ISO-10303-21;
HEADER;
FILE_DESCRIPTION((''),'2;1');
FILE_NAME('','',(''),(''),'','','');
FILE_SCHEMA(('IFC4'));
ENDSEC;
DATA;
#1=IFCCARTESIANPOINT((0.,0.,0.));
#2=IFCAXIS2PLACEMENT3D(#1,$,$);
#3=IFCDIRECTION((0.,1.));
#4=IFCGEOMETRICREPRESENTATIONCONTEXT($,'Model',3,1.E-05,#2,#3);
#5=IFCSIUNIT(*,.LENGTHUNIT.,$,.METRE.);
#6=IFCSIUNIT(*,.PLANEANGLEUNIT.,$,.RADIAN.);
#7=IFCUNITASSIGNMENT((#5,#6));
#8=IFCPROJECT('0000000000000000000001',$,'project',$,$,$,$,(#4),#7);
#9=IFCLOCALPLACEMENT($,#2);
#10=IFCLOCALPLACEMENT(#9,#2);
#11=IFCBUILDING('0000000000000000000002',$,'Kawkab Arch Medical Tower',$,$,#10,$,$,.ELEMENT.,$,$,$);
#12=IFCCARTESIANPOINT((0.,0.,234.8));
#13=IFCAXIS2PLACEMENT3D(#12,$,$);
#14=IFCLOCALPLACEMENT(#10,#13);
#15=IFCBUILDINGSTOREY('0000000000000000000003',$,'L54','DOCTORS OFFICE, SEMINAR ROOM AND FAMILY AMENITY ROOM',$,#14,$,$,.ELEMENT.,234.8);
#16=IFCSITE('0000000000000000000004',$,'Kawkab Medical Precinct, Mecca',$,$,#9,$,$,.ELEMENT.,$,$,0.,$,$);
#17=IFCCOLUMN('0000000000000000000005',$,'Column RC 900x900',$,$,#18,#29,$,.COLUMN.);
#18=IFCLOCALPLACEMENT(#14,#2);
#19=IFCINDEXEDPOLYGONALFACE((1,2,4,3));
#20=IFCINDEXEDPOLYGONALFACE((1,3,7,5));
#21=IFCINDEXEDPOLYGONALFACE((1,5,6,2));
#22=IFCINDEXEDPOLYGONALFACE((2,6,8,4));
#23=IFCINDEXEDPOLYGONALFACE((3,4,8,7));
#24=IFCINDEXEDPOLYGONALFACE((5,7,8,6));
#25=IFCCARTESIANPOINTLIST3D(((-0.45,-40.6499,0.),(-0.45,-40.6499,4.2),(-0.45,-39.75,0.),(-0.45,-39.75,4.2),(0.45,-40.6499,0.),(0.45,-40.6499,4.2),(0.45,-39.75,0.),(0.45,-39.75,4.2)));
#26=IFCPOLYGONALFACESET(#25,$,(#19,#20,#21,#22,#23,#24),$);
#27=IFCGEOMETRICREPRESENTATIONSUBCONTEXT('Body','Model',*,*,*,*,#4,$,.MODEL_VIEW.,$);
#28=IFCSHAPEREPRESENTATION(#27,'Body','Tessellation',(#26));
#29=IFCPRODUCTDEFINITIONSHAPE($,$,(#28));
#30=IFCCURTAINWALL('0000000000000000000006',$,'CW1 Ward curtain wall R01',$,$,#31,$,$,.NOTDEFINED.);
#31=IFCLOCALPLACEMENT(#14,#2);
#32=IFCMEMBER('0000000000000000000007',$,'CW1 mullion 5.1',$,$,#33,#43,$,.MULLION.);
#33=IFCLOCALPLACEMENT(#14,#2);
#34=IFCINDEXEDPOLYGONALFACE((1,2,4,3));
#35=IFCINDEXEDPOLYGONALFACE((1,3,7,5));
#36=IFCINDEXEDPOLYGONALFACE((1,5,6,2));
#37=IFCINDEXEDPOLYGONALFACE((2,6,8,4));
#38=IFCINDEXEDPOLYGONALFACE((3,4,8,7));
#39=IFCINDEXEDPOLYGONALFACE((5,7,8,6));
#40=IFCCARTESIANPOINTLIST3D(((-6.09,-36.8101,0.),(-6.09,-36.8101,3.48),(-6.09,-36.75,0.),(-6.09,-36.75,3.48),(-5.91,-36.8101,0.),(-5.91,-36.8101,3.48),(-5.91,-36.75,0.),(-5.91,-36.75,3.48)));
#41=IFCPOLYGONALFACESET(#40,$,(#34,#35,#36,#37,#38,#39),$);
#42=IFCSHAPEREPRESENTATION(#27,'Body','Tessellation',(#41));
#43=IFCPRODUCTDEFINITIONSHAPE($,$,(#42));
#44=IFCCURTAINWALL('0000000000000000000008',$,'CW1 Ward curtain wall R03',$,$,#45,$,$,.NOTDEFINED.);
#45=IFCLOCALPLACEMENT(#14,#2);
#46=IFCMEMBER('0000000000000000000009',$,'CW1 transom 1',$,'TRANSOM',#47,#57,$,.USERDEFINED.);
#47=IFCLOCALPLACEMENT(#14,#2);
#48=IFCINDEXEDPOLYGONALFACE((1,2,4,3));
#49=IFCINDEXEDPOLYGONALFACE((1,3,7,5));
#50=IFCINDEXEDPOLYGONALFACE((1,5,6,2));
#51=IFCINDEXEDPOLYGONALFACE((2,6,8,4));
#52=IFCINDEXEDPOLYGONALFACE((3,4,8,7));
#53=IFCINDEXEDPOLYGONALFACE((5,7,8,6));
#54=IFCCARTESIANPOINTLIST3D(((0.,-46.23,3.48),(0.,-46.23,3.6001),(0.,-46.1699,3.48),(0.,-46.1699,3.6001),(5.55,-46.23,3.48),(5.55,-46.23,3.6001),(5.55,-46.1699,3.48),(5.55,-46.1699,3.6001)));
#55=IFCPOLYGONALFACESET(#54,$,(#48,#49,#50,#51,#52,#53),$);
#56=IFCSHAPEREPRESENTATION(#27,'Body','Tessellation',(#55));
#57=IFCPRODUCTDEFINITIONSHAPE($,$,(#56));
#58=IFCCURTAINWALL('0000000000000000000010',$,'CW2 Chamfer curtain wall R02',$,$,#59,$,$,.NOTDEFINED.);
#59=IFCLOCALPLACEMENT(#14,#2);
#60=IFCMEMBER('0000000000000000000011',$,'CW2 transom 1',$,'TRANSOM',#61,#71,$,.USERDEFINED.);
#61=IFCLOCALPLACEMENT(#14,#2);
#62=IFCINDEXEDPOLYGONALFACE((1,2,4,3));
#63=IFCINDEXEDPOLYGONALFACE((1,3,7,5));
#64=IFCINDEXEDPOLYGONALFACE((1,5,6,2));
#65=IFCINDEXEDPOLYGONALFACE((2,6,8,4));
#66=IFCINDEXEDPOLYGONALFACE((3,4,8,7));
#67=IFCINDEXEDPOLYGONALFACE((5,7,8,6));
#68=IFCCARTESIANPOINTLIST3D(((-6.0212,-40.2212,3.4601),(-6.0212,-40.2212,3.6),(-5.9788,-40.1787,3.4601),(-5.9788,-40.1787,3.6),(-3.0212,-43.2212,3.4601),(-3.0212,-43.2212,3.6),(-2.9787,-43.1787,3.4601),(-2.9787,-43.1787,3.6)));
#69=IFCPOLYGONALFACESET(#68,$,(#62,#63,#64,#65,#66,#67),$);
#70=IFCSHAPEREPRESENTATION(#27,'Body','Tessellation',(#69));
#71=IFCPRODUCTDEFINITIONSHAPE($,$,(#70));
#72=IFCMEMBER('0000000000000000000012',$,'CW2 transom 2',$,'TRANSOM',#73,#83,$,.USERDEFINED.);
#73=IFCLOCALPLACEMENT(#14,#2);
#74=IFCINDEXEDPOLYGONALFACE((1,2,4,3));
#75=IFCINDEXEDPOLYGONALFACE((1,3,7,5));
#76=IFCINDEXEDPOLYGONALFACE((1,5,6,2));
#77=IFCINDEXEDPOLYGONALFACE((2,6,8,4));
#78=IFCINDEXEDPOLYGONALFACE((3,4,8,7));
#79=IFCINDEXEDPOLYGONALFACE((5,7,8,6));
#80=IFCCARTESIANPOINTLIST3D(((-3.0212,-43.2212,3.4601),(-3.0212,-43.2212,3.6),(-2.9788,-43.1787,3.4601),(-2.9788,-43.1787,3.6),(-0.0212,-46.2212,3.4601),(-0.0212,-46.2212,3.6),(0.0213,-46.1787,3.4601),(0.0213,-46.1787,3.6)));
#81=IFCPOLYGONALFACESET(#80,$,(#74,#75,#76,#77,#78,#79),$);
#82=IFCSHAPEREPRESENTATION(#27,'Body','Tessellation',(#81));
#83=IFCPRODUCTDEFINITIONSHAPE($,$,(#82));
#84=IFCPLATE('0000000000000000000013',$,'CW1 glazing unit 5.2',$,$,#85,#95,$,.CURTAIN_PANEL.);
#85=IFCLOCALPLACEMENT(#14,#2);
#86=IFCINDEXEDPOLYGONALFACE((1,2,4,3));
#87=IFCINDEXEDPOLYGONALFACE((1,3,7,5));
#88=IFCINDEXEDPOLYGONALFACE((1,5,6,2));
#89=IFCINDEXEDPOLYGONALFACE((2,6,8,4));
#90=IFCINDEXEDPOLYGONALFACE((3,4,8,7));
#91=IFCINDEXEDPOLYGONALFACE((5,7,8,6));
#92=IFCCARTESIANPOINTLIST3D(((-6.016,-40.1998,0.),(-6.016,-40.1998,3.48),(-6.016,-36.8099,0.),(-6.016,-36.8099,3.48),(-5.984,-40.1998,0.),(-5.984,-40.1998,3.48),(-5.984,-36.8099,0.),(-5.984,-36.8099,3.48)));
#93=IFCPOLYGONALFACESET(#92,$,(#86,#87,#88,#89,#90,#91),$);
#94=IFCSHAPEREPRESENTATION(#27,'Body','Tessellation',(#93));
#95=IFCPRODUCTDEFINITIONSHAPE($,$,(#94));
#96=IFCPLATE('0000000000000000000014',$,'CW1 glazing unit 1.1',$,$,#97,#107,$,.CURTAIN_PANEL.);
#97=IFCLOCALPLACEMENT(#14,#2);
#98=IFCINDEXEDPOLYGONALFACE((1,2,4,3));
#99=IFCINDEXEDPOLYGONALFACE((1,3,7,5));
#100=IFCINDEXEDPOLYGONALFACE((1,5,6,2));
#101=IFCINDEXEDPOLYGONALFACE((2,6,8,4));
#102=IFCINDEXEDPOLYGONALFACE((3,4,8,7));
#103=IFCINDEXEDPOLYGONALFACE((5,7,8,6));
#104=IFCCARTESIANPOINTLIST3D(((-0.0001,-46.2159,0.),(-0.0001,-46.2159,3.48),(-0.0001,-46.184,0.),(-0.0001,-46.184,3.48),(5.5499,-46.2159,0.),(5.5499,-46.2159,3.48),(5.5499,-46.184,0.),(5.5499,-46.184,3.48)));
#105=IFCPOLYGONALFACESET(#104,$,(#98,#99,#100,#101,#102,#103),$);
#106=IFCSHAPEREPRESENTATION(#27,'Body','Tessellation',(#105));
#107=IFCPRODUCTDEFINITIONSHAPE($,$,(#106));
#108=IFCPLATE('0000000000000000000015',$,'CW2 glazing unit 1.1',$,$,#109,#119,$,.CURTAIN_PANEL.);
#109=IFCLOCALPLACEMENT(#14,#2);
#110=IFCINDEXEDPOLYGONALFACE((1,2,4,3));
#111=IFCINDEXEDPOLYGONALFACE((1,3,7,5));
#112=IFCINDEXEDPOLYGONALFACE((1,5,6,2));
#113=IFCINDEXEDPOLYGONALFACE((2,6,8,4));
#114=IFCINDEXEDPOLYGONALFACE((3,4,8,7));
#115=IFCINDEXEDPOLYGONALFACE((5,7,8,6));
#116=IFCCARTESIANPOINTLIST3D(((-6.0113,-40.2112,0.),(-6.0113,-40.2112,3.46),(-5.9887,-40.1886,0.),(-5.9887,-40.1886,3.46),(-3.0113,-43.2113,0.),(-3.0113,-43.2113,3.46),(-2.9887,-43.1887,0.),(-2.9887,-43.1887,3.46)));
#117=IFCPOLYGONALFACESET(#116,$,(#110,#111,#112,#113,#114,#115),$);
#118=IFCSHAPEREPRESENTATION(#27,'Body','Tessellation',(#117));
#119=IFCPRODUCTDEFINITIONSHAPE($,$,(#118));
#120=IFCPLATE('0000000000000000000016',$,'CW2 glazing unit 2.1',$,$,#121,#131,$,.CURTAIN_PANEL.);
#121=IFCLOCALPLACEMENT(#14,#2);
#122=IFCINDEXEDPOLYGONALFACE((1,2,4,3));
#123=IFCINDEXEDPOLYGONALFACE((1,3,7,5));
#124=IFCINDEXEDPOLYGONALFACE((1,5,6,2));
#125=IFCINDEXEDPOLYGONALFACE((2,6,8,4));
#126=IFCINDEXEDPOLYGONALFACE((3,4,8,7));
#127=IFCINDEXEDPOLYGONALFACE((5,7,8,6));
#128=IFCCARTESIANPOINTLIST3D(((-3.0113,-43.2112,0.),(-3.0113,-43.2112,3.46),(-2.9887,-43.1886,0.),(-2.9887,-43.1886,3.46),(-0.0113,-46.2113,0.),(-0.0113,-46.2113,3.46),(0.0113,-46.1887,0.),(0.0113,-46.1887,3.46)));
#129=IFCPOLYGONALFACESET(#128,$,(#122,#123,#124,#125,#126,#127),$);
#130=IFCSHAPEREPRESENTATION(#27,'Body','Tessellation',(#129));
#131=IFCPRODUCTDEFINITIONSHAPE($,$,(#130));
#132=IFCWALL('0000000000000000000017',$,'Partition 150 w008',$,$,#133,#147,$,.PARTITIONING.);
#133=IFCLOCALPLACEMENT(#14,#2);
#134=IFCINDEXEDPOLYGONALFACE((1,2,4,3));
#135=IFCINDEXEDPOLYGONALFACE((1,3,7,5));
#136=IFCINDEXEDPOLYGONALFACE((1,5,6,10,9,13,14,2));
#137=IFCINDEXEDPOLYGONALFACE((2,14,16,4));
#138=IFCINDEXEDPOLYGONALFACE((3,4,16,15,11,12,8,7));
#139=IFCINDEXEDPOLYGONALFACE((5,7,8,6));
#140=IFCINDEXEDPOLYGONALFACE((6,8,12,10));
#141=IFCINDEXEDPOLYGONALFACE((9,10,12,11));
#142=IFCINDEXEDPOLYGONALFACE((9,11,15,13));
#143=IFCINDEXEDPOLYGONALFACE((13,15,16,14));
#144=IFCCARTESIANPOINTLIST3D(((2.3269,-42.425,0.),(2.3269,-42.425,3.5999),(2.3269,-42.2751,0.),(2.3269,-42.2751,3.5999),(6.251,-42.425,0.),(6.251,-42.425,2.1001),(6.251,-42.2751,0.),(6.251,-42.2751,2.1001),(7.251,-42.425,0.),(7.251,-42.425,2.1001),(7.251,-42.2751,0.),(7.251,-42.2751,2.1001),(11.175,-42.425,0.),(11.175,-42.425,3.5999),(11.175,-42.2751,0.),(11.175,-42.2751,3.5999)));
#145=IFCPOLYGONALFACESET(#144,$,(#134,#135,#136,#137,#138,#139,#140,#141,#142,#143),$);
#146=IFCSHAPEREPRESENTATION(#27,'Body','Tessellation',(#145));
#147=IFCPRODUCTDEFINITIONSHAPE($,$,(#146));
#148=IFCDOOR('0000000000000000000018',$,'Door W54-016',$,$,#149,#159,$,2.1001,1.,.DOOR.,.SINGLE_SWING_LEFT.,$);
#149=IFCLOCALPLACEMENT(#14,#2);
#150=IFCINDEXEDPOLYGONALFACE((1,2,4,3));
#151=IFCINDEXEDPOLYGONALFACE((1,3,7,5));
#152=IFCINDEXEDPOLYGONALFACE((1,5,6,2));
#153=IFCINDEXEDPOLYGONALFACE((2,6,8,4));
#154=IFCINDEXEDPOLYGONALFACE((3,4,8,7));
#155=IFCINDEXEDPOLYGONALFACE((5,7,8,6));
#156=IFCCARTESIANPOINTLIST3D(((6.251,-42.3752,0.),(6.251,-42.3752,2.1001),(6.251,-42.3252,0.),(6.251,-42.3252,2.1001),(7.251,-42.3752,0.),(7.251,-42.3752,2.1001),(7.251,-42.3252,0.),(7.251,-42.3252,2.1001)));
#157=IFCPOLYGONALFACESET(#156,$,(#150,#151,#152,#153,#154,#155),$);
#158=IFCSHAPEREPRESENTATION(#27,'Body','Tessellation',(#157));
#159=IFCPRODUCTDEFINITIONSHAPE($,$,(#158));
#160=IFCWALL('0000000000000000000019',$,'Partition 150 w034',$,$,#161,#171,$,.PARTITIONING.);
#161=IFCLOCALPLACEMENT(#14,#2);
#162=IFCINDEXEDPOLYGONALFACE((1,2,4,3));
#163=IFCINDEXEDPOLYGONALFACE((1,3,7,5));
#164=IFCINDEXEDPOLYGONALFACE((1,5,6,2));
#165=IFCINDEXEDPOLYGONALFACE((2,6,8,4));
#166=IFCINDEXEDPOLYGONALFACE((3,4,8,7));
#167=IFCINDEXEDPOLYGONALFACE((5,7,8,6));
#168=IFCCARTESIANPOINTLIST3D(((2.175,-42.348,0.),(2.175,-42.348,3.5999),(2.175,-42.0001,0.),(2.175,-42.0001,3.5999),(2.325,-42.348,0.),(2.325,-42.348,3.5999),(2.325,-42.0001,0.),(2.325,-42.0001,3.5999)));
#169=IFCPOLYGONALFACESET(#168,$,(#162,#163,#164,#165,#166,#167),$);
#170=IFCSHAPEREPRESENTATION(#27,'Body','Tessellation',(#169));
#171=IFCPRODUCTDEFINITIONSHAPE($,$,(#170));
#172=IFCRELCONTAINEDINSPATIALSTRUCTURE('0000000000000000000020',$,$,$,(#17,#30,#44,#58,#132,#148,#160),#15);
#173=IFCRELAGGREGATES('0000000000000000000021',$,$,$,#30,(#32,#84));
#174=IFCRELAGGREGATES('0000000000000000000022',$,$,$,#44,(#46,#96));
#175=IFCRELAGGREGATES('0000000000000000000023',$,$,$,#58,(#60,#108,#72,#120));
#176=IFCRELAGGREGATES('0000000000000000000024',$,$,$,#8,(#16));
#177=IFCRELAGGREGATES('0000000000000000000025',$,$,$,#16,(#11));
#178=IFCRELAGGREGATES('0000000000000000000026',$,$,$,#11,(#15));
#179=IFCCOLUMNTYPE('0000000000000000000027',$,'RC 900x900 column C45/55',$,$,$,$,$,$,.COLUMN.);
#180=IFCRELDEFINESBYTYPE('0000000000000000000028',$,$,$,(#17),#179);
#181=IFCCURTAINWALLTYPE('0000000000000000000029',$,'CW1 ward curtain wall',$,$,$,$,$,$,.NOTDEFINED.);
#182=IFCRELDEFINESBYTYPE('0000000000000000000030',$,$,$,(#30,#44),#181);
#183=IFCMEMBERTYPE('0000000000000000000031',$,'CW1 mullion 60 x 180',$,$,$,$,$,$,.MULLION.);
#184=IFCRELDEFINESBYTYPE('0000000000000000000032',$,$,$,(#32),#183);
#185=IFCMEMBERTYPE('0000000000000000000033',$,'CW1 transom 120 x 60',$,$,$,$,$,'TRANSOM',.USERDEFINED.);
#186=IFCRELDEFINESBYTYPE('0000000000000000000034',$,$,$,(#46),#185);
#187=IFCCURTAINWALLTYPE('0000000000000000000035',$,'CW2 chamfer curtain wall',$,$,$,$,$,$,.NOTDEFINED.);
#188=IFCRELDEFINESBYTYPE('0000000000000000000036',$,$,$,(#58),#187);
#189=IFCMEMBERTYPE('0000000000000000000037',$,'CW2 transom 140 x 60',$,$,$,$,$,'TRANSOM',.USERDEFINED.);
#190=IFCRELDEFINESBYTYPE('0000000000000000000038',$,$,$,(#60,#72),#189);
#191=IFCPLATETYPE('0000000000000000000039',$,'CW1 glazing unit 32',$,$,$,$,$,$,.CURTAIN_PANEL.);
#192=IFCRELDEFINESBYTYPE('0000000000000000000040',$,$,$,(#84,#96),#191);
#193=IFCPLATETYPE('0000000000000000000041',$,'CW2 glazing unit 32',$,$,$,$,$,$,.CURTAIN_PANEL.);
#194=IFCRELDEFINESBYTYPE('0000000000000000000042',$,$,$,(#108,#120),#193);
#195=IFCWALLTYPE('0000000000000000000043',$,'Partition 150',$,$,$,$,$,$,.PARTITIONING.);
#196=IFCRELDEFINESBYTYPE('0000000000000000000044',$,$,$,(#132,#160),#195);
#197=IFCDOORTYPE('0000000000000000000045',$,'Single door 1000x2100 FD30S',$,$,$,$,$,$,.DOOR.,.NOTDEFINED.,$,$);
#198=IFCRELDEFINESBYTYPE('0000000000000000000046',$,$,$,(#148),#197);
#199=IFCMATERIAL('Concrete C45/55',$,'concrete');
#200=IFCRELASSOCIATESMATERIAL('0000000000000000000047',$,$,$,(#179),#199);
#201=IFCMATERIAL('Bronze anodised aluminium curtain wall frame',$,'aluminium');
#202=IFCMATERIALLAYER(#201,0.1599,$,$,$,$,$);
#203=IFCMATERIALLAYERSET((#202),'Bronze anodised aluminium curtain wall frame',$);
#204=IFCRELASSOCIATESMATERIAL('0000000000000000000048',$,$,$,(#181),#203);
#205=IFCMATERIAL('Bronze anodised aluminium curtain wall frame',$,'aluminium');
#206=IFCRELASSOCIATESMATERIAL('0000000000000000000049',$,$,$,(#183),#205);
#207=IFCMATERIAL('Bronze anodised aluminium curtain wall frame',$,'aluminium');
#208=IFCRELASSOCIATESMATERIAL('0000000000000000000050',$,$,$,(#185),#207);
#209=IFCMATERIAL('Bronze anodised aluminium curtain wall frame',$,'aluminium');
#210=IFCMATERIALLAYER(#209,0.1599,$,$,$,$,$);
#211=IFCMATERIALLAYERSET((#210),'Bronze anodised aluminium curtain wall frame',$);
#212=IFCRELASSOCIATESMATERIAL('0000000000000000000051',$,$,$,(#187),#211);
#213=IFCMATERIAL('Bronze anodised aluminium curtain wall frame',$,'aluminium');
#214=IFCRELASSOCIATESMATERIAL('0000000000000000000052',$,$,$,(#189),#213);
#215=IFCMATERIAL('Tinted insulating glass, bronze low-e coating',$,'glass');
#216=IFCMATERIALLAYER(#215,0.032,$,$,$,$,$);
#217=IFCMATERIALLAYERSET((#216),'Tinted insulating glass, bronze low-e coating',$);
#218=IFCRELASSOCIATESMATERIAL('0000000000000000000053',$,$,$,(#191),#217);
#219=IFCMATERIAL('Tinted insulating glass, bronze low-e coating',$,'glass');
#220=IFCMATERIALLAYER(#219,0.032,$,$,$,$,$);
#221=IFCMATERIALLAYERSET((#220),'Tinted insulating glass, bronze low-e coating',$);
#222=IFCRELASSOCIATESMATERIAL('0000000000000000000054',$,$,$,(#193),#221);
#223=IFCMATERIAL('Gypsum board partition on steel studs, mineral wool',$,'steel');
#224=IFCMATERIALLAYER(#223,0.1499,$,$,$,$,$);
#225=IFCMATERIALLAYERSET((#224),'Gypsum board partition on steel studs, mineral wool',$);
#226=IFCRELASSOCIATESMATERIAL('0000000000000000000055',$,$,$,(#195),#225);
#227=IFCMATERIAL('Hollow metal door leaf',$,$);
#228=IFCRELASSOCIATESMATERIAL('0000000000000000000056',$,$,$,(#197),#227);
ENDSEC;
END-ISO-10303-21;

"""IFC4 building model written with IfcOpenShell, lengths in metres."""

from ifc_helpers import new_model, si_unit, direction, frame, frame_2d, origin, origin_2d, place, context, subcontext, project, spatial, rectangle, extrude, material, layer, layer_set, material_profile, profile_set, type_object, element, fill, aggregate, save


model = new_model("IFC4")

# Units and contexts
model_context = context("Model", 3, precision=1e-05, world=origin(), true_north=direction((0.0, 1.0)))
body_context = subcontext(model_context, "Body", "Model", "MODEL_VIEW")
ifc_project = project(units=[si_unit("LENGTHUNIT", "METRE"), si_unit("PLANEANGLEUNIT", "RADIAN")], contexts=[model_context])

# Site, building, storey
site_placement = place(None, origin())
site = spatial("IfcSite", under=ifc_project, at=site_placement, Name="Kawkab Medical Precinct, Mecca", CompositionType="ELEMENT", RefElevation=0.0)
building_placement = place(site_placement, origin())
building = spatial("IfcBuilding", under=site, at=building_placement, Name="Kawkab Arch Medical Tower", CompositionType="ELEMENT")
storey_placement = place(building_placement, frame((0.0, 0.0, 234.8)))
storey = spatial("IfcBuildingStorey", under=building, at=storey_placement, Name="L54", Description="DOCTORS OFFICE, SEMINAR ROOM AND FAMILY AMENITY ROOM", CompositionType="ELEMENT", Elevation=234.8)

# Column
ifc_material_1 = material(Name="Concrete C45/55", Category="concrete")
ifc_material_profile_1 = material_profile(ifc_material_1, rectangle(XDim=0.8999, YDim=0.8999, at=origin_2d()), Name="RC 900x900")
ifc_profile_set_1 = profile_set([ifc_material_profile_1], Name="Concrete C45/55")
column_type = type_object("IfcColumnType", Name="RC 900x900 column C45/55", PredefinedType="COLUMN", material=ifc_profile_set_1)
column_placement = place(storey_placement, frame((0.0, -40.2, 0.0), z_axis=(0.0, 0.0, 1.0), x_axis=(1.0, 0.0, 0.0)))
element("IfcColumn", 1, at=column_placement, inside=storey, type_object=column_type, Name="Column RC 900x900", PredefinedType="COLUMN", context=body_context, shape_type="SweptSolid", body=[
    extrude(rectangle(XDim=0.8999, YDim=0.8999, at=origin_2d()), origin(), (0.0, 0.0, 1.0), 4.2),
])

# Curtain walls, members
ifc_material_2 = material(Name="Bronze anodised aluminium curtain wall frame", Category="aluminium")
ifc_layer_1 = layer(ifc_material_2, 0.1599)
ifc_layer_set_1 = layer_set([ifc_layer_1], Name="Bronze anodised aluminium curtain wall frame")
curtain_wall_type_1 = type_object("IfcCurtainWallType", Name="CW1 ward curtain wall", PredefinedType="NOTDEFINED", material=ifc_layer_set_1)
placement = place(storey_placement, origin())
curtain_wall_1 = element("IfcCurtainWall", 2, at=placement, inside=storey, type_object=curtain_wall_type_1, Name="CW1 Ward curtain wall R01", PredefinedType="NOTDEFINED")
ifc_material_3 = material(Name="Bronze anodised aluminium curtain wall frame", Category="aluminium")
ifc_material_profile_2 = material_profile(ifc_material_3, rectangle(XDim=0.1799, YDim=0.0601, at=origin_2d()), Name="AL 60x180")
ifc_profile_set_2 = profile_set([ifc_material_profile_2], Name="Bronze anodised aluminium curtain wall frame")
member_type_1 = type_object("IfcMemberType", Name="CW1 mullion 60 x 180", PredefinedType="MULLION", material=ifc_profile_set_2)
member_1_placement = place(storey_placement, frame((-6.0, -36.78, 0.0), z_axis=(0.0, 0.0, 1.0), x_axis=(1.0, 0.0, 0.0)))
member_1 = element("IfcMember", 3, at=member_1_placement, type_object=member_type_1, Name="CW1 mullion 5.1", PredefinedType="MULLION", context=body_context, shape_type="SweptSolid", body=[
    extrude(rectangle(XDim=0.1799, YDim=0.0601, at=origin_2d()), origin(), (0.0, 0.0, 1.0), 3.48),
])
curtain_wall_2 = element("IfcCurtainWall", 4, at=placement, inside=storey, type_object=curtain_wall_type_1, Name="CW1 Ward curtain wall R03", PredefinedType="NOTDEFINED")
ifc_material_4 = material(Name="Bronze anodised aluminium curtain wall frame", Category="aluminium")
ifc_material_profile_3 = material_profile(ifc_material_4, rectangle(XDim=0.0601, YDim=0.1201, at=origin_2d()), Name="AL 60x120")
ifc_profile_set_3 = profile_set([ifc_material_profile_3], Name="Bronze anodised aluminium curtain wall frame")
member_type_2 = type_object("IfcMemberType", Name="CW1 transom 120 x 60", ElementType="TRANSOM", PredefinedType="USERDEFINED", material=ifc_profile_set_3)
member_2_placement = place(storey_placement, frame((0.0, -46.2, 3.54), z_axis=(1.0, 0.0, 0.0), x_axis=(0.0, 1.0, 0.0)))
member_2 = element("IfcMember", 5, at=member_2_placement, type_object=member_type_2, Name="CW1 transom 1", ObjectType="TRANSOM", PredefinedType="USERDEFINED", context=body_context, shape_type="SweptSolid", body=[
    extrude(rectangle(XDim=0.0601, YDim=0.1201, at=origin_2d()), origin(), (0.0, 0.0, 1.0), 5.55),
])

# Curtain wall, members
ifc_material_5 = material(Name="Bronze anodised aluminium curtain wall frame", Category="aluminium")
ifc_layer_2 = layer(ifc_material_5, 0.1599)
ifc_layer_set_2 = layer_set([ifc_layer_2], Name="Bronze anodised aluminium curtain wall frame")
curtain_wall_type_2 = type_object("IfcCurtainWallType", Name="CW2 chamfer curtain wall", PredefinedType="NOTDEFINED", material=ifc_layer_set_2)
curtain_wall_3 = element("IfcCurtainWall", 6, at=placement, inside=storey, type_object=curtain_wall_type_2, Name="CW2 Chamfer curtain wall R02", PredefinedType="NOTDEFINED")
ifc_material_6 = material(Name="Bronze anodised aluminium curtain wall frame", Category="aluminium")
ifc_material_profile_4 = material_profile(ifc_material_6, rectangle(XDim=0.0601, YDim=0.1399, at=origin_2d()), Name="AL 60x140")
ifc_profile_set_4 = profile_set([ifc_material_profile_4], Name="Bronze anodised aluminium curtain wall frame")
member_type_3 = type_object("IfcMemberType", Name="CW2 transom 140 x 60", ElementType="TRANSOM", PredefinedType="USERDEFINED", material=ifc_profile_set_4)
member_3_placement = place(storey_placement, frame((-6.0, -40.2, 3.53), z_axis=(0.707107, -0.707107, 0.0), x_axis=(0.707107, 0.707107, 0.0)))
member_3 = element("IfcMember", 7, at=member_3_placement, type_object=member_type_3, Name="CW2 transom 1", ObjectType="TRANSOM", PredefinedType="USERDEFINED", context=body_context, shape_type="SweptSolid", body=[
    extrude(rectangle(XDim=0.0601, YDim=0.1399, at=origin_2d()), origin(), (0.0, 0.0, 1.0), 4.2427),
])
member_4_placement = place(storey_placement, frame((-3.0, -43.2, 3.53), z_axis=(0.707107, -0.707107, 0.0), x_axis=(0.707107, 0.707107, 0.0)))
member_4 = element("IfcMember", 8, at=member_4_placement, type_object=member_type_3, Name="CW2 transom 2", ObjectType="TRANSOM", PredefinedType="USERDEFINED", context=body_context, shape_type="SweptSolid", body=[
    extrude(rectangle(XDim=0.0601, YDim=0.1399, at=origin_2d()), origin(), (0.0, 0.0, 1.0), 4.2427),
])

# Plates
ifc_material_7 = material(Name="Tinted insulating glass, bronze low-e coating", Category="glass")
ifc_layer_3 = layer(ifc_material_7, 0.032)
ifc_layer_set_3 = layer_set([ifc_layer_3], Name="Tinted insulating glass, bronze low-e coating")
plate_type_1 = type_object("IfcPlateType", Name="CW1 glazing unit 32", PredefinedType="CURTAIN_PANEL", material=ifc_layer_set_3)
plate_1_placement = place(storey_placement, frame((-6.0, -38.5049, 0.0), z_axis=(0.0, 0.0, 1.0), x_axis=(0.0, -1.0, 0.0)))
plate_1 = element("IfcPlate", 9, at=plate_1_placement, type_object=plate_type_1, Name="CW1 glazing unit 5.2", PredefinedType="CURTAIN_PANEL", context=body_context, shape_type="SweptSolid", body=[
    extrude(rectangle(XDim=3.3899, YDim=0.032, at=origin_2d()), origin(), (0.0, 0.0, 1.0), 3.48),
])
aggregate(curtain_wall_1, [member_1, plate_1])
plate_2_placement = place(storey_placement, frame((2.7749, -46.2, 0.0), z_axis=(0.0, 0.0, 1.0), x_axis=(1.0, 0.0, 0.0)))
plate_2 = element("IfcPlate", 10, at=plate_2_placement, type_object=plate_type_1, Name="CW1 glazing unit 1.1", PredefinedType="CURTAIN_PANEL", context=body_context, shape_type="SweptSolid", body=[
    extrude(rectangle(XDim=5.55, YDim=0.032, at=origin_2d()), origin(), (0.0, 0.0, 1.0), 3.48),
])
aggregate(curtain_wall_2, [member_2, plate_2])
ifc_material_8 = material(Name="Tinted insulating glass, bronze low-e coating", Category="glass")
ifc_layer_4 = layer(ifc_material_8, 0.032)
ifc_layer_set_4 = layer_set([ifc_layer_4], Name="Tinted insulating glass, bronze low-e coating")
plate_type_2 = type_object("IfcPlateType", Name="CW2 glazing unit 32", PredefinedType="CURTAIN_PANEL", material=ifc_layer_set_4)
plate_3_placement = place(storey_placement, frame((-4.5, -41.7, 0.0), z_axis=(0.0, 0.0, 1.0), x_axis=(0.707107, -0.707107, 0.0)))
plate_3 = element("IfcPlate", 11, at=plate_3_placement, type_object=plate_type_2, Name="CW2 glazing unit 1.1", PredefinedType="CURTAIN_PANEL", context=body_context, shape_type="SweptSolid", body=[
    extrude(rectangle(XDim=4.2427, YDim=0.032, at=origin_2d()), origin(), (0.0, 0.0, 1.0), 3.46),
])
plate_4_placement = place(storey_placement, frame((-1.5, -44.7, 0.0), z_axis=(0.0, 0.0, 1.0), x_axis=(0.707107, -0.707107, 0.0)))
plate_4 = element("IfcPlate", 12, at=plate_4_placement, type_object=plate_type_2, Name="CW2 glazing unit 2.1", PredefinedType="CURTAIN_PANEL", context=body_context, shape_type="SweptSolid", body=[
    extrude(rectangle(XDim=4.2427, YDim=0.032, at=origin_2d()), origin(), (0.0, 0.0, 1.0), 3.46),
])
aggregate(curtain_wall_3, [member_3, plate_3, member_4, plate_4])

# Wall, opening, door
ifc_material_9 = material(Name="Gypsum board partition on steel studs, mineral wool", Category="steel")
ifc_layer_5 = layer(ifc_material_9, 0.1499)
ifc_layer_set_5 = layer_set([ifc_layer_5], Name="Gypsum board partition on steel studs, mineral wool")
wall_type_1 = type_object("IfcWallType", Name="Partition 150", PredefinedType="PARTITIONING", material=ifc_layer_set_5)
wall_1_placement = place(storey_placement, frame((2.3269, -42.3501, 0.0), z_axis=(0.0, 0.0, 1.0), x_axis=(1.0, 0.0, 0.0)))
wall_1 = element("IfcWall", 13, at=wall_1_placement, inside=storey, type_object=wall_type_1, Name="Partition 150 w008", PredefinedType="PARTITIONING", context=body_context, shape_type="SweptSolid", body=[
    extrude(rectangle(XDim=8.8481, YDim=0.1499, at=frame_2d((4.4241, 0.0))), origin(), (0.0, 0.0, 1.0), 3.5999),
])
opening_1_placement = place(wall_1_placement, frame((3.9241, 0.0, 0.0)))
opening_1 = element("IfcOpeningElement", 14, at=opening_1_placement, cuts=wall_1, PredefinedType="OPENING", context=body_context, shape_type="SweptSolid", body=[
    extrude(rectangle(XDim=1.0, YDim=2.1001, at=frame_2d((0.5, 1.05))), frame((0.0, 0.085, 0.0), z_axis=(0.0, -1.0, 0.0), x_axis=(1.0, 0.0, 0.0)), (0.0, 0.0, 1.0), 0.1699),
])
ifc_material_10 = material(Name="Hollow metal door leaf")
door_type_1 = type_object("IfcDoorType", Name="Single door 1000x2100 FD30S", OperationType="NOTDEFINED", PredefinedType="DOOR", material=ifc_material_10)
door_1_placement = place(opening_1_placement, origin())
door_1 = element("IfcDoor", 15, at=door_1_placement, inside=storey, type_object=door_type_1, Name="Door W54-016", OperationType="SINGLE_SWING_LEFT", OverallHeight=2.1001, OverallWidth=1.0, PredefinedType="DOOR", context=body_context, shape_type="SweptSolid", body=[
    extrude(rectangle(XDim=1.0, YDim=2.1001, at=frame_2d((0.5, 1.05))), frame((0.0, 0.0249, 0.0), z_axis=(0.0, -1.0, 0.0), x_axis=(1.0, 0.0, 0.0)), (0.0, 0.0, 1.0), 0.05),
])
fill(opening_1, door_1)

# Wall
wall_2_placement = place(storey_placement, frame((2.25, -42.3479, 0.0), z_axis=(0.0, 0.0, 1.0), x_axis=(0.0, 1.0, 0.0)))
element("IfcWall", 16, at=wall_2_placement, inside=storey, type_object=wall_type_1, Name="Partition 150 w034", PredefinedType="PARTITIONING", context=body_context, shape_type="SweptSolid", body=[
    extrude(rectangle(XDim=0.3479, YDim=0.1499, at=frame_2d((0.1738, 0.0))), origin(), (0.0, 0.0, 1.0), 3.5999),
])

save(model, "model.ifc")
